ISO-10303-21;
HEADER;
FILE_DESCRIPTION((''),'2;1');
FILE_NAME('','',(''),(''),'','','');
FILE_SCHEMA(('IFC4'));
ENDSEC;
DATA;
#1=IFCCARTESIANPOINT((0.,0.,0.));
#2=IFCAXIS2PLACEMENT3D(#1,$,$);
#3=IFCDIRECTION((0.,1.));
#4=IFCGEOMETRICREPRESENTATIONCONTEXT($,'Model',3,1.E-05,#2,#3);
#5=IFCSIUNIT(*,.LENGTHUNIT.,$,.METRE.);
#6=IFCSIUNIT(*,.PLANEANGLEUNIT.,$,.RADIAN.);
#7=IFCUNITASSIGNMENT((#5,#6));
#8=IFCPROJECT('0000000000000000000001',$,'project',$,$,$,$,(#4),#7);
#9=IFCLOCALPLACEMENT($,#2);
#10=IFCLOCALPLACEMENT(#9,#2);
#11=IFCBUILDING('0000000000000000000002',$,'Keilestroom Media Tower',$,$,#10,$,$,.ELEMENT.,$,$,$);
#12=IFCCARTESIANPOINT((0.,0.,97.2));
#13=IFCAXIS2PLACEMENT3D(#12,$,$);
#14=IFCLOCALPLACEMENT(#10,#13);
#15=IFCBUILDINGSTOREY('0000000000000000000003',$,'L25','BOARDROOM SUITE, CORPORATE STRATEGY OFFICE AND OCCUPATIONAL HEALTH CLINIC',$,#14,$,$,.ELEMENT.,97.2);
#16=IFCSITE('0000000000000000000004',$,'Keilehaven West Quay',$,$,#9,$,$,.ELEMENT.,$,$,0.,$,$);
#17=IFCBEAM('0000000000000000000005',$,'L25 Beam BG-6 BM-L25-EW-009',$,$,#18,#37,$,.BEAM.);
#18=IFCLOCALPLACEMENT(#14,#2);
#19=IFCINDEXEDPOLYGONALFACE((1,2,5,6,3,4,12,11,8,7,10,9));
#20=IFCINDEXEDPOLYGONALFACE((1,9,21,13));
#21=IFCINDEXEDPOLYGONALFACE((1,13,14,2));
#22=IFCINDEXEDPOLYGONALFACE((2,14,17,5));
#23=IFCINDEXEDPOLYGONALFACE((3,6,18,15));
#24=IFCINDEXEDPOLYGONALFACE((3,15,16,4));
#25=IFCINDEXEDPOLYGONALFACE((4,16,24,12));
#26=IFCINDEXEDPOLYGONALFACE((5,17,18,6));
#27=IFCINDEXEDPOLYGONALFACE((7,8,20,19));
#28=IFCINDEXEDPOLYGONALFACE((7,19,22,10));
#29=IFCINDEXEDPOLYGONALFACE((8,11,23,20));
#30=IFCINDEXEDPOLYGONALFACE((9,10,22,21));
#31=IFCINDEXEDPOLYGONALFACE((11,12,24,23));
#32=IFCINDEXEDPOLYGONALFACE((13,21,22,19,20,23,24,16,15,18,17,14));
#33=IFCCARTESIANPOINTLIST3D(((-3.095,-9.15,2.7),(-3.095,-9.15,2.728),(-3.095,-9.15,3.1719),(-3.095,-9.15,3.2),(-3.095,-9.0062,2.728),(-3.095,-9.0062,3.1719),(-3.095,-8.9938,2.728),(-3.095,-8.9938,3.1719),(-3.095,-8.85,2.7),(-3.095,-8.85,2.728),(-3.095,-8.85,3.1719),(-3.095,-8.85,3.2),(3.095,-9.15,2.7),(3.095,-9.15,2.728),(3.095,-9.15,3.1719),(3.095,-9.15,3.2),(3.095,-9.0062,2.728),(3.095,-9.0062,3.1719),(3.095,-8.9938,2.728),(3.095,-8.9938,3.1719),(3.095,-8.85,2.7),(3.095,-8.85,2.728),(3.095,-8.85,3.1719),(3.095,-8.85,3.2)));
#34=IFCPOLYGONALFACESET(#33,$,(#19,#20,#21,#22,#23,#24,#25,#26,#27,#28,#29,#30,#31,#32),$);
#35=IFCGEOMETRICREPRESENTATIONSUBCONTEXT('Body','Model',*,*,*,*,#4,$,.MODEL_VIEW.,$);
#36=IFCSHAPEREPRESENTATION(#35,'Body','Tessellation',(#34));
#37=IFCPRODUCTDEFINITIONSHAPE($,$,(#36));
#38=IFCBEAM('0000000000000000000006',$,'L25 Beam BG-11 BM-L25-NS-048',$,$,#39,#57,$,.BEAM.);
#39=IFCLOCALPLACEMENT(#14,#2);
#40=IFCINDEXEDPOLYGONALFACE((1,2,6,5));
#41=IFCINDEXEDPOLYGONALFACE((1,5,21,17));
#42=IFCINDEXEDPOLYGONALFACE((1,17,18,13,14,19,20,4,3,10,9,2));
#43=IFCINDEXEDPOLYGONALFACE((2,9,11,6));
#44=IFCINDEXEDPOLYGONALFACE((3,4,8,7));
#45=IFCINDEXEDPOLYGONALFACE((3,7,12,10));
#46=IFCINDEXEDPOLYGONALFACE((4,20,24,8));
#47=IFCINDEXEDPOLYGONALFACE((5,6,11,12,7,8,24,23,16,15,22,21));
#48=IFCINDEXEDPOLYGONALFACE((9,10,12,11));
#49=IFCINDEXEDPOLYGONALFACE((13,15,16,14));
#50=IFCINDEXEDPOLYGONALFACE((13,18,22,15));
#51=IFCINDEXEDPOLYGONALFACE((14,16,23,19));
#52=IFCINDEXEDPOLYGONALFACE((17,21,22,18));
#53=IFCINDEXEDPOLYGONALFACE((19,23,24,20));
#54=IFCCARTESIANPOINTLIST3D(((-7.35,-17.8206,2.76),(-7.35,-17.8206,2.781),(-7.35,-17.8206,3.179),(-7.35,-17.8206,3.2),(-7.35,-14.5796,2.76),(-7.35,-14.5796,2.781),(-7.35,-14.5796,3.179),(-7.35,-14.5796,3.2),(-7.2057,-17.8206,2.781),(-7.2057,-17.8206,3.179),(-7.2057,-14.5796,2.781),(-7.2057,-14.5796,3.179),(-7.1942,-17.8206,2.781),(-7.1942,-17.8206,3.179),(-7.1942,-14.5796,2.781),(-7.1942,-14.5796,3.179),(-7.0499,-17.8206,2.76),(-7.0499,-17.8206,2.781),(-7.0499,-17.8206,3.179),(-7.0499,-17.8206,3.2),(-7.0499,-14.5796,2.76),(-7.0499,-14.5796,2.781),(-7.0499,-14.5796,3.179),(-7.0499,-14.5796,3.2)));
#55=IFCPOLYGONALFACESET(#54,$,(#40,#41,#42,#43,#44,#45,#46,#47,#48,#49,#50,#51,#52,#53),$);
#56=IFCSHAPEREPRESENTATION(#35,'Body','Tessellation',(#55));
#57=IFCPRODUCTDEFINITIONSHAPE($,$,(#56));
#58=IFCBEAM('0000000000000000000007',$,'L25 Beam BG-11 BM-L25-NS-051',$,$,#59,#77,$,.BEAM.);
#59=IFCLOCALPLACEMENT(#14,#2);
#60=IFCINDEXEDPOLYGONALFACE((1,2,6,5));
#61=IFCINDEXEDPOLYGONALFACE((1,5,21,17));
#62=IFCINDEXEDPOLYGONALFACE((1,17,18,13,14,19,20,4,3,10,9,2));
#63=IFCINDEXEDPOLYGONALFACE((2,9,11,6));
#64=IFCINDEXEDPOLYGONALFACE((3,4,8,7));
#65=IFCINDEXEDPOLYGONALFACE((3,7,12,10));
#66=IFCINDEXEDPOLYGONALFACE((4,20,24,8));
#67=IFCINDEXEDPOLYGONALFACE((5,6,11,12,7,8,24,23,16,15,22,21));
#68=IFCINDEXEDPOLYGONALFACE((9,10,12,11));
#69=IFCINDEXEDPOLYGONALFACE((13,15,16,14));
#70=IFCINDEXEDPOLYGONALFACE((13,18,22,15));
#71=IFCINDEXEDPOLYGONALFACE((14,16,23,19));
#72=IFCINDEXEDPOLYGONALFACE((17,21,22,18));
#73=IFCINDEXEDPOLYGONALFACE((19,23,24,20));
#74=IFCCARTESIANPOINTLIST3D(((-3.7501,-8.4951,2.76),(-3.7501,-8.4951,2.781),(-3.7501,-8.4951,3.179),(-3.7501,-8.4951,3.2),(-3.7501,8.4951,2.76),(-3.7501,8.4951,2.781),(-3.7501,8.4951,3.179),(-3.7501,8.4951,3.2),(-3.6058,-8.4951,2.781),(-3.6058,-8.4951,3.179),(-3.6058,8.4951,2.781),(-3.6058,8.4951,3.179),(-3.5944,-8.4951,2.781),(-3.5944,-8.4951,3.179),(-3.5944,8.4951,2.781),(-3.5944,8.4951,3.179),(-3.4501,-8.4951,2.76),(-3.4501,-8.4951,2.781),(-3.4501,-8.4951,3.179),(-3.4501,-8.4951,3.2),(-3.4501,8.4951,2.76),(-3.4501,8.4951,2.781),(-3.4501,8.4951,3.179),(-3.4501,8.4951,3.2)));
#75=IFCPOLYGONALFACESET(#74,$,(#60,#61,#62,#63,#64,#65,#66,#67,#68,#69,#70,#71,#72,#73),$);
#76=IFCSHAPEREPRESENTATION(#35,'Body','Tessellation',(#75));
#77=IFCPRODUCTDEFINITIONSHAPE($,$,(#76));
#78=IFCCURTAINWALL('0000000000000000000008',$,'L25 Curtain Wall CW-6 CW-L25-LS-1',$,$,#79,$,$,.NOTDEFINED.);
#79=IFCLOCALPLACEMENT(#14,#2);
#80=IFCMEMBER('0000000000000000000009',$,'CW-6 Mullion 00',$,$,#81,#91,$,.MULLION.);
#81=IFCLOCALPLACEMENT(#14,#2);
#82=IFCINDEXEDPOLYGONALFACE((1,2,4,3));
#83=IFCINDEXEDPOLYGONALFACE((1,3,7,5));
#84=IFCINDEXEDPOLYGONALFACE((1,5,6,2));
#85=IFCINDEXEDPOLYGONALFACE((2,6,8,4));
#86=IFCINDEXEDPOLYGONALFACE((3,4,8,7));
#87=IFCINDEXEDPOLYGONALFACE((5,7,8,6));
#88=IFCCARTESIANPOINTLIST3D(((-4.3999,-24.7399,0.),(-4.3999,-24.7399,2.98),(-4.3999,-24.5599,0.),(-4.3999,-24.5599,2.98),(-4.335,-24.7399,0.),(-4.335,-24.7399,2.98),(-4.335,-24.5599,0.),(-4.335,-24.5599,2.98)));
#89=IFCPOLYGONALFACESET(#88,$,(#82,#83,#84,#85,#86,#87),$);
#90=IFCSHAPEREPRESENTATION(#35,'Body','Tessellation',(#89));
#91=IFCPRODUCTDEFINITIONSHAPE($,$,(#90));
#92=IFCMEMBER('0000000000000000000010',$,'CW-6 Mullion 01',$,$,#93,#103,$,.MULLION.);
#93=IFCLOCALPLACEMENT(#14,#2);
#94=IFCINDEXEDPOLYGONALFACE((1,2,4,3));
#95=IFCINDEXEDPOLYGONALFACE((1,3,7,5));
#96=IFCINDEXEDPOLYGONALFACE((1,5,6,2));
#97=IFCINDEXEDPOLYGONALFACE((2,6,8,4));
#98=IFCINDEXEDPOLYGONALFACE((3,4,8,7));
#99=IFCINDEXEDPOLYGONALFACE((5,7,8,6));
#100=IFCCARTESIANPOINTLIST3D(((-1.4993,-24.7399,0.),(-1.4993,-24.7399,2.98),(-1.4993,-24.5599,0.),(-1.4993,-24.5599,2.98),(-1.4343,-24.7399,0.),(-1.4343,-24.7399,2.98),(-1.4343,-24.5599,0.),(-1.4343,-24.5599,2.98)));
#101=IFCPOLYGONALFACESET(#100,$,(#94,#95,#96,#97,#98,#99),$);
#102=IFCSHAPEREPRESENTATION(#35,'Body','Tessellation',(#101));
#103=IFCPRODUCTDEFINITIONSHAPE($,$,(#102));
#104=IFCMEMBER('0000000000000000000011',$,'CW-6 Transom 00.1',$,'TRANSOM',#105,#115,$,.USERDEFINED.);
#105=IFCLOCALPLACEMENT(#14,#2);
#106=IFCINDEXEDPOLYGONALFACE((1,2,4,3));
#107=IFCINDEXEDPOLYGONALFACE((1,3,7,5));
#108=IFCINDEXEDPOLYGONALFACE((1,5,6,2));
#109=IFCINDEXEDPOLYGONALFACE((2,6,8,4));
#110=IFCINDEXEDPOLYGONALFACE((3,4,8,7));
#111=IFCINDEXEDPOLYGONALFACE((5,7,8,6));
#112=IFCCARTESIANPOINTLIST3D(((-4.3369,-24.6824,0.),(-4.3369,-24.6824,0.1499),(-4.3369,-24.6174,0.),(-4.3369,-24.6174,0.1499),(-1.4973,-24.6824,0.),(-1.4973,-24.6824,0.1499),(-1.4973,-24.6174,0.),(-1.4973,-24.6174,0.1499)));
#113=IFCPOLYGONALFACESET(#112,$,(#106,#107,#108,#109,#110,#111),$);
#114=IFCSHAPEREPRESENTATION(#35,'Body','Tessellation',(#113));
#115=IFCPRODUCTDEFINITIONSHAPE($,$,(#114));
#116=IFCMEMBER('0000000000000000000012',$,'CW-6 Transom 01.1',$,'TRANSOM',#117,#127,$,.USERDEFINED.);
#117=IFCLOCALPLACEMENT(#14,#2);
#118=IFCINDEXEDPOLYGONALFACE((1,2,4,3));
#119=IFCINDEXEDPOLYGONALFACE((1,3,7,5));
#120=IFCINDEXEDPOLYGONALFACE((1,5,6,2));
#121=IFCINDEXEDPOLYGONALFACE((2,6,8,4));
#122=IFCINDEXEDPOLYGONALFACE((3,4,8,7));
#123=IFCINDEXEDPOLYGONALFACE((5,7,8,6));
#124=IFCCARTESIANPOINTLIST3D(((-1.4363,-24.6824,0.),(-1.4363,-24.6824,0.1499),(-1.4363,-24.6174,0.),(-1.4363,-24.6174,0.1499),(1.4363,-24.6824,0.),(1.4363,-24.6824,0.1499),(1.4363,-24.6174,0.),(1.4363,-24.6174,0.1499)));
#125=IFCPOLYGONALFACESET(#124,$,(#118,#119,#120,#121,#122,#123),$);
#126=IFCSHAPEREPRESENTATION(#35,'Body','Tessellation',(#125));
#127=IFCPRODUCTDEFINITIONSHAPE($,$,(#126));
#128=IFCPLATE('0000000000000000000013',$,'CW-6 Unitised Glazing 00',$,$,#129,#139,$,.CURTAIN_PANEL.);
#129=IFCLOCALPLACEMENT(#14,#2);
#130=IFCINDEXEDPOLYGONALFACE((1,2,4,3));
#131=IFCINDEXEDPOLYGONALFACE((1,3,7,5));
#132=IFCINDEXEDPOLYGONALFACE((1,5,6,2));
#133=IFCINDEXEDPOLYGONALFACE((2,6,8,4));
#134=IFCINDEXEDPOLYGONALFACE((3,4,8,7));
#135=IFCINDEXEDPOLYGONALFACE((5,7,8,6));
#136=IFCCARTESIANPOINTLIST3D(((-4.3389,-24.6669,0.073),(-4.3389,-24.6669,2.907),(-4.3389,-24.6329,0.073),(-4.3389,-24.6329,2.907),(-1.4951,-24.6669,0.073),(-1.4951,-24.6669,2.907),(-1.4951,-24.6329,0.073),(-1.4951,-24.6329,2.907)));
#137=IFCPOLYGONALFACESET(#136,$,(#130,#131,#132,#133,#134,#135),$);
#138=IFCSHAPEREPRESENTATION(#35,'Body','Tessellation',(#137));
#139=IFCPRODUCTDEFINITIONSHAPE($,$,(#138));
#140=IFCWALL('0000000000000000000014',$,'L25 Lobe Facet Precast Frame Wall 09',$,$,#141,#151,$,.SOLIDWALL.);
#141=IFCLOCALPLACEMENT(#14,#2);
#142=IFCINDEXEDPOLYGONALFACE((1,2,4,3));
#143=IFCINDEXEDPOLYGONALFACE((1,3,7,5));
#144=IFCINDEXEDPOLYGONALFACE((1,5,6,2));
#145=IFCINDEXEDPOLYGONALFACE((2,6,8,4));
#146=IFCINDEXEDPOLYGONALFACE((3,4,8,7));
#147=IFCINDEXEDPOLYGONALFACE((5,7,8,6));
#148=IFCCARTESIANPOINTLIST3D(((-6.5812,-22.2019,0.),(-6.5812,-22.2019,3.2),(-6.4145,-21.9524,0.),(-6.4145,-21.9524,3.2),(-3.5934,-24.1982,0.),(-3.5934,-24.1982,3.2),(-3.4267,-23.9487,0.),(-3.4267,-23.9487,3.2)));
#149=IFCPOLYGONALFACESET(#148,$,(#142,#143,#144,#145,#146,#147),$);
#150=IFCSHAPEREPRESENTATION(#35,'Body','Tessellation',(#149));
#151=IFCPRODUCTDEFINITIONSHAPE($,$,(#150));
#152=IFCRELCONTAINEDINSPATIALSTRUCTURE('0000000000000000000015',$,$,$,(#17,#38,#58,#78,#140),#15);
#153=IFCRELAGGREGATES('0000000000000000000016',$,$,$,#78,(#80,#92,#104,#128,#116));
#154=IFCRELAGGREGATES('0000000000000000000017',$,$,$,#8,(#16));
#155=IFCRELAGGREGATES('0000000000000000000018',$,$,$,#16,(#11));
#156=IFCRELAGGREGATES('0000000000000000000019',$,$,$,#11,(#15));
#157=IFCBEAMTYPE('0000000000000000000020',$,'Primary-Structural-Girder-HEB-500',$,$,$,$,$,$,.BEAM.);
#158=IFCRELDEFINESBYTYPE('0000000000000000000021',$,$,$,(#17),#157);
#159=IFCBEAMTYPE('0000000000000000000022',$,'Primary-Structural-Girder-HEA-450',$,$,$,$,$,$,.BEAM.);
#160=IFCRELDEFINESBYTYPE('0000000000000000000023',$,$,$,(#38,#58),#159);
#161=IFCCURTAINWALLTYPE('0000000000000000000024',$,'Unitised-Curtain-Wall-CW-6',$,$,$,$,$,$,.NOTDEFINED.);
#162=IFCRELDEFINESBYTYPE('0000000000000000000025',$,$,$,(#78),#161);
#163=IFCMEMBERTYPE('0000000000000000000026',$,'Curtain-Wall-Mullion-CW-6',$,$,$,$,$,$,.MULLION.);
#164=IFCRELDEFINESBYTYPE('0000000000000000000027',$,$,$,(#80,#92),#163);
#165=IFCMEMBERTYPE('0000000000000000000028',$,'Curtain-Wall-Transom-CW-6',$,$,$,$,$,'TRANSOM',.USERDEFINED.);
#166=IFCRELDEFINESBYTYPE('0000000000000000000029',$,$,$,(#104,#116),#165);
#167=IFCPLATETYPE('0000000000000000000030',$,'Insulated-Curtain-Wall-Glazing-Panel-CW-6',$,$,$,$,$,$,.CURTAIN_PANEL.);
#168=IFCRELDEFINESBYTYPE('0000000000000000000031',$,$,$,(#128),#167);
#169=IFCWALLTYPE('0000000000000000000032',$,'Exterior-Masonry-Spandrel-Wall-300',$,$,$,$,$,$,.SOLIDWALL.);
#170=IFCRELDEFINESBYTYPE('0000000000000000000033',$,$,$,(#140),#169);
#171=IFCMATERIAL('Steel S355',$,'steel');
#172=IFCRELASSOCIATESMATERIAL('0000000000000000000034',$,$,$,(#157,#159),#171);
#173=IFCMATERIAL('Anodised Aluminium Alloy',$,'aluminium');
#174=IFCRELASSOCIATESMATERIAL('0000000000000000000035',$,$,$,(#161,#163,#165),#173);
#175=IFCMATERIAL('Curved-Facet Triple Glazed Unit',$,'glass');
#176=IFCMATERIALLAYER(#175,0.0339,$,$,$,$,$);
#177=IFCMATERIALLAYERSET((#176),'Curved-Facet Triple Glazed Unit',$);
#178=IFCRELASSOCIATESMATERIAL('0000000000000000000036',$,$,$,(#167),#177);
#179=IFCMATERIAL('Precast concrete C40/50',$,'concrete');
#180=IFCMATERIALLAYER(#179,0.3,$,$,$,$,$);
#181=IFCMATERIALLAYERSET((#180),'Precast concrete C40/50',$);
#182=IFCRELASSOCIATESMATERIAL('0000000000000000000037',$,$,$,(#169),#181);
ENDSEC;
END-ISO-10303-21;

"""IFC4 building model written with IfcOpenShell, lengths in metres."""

from ifc_helpers import new_model, si_unit, direction, frame, frame_2d, origin, origin_2d, place, context, subcontext, project, spatial, rectangle, i_section, extrude, source, transform, mapped, material, layer, layer_set, material_profile, profile_set, type_object, element, aggregate, save


model = new_model("IFC4")

# Units and contexts
model_context = context("Model", 3, precision=1e-05, world=origin(), true_north=direction((0.0, 1.0)))
body_context = subcontext(model_context, "Body", "Model", "MODEL_VIEW")
ifc_project = project(units=[si_unit("LENGTHUNIT", "METRE"), si_unit("PLANEANGLEUNIT", "RADIAN")], contexts=[model_context])

# Site, building, storey
site_placement = place(None, origin())
site = spatial("IfcSite", under=ifc_project, at=site_placement, Name="Keilehaven West Quay", CompositionType="ELEMENT", RefElevation=0.0)
building_placement = place(site_placement, origin())
building = spatial("IfcBuilding", under=site, at=building_placement, Name="Keilestroom Media Tower", CompositionType="ELEMENT")
storey_placement = place(building_placement, frame((0.0, 0.0, 97.2)))
storey = spatial("IfcBuildingStorey", under=building, at=storey_placement, Name="L25", Description="BOARDROOM SUITE, CORPORATE STRATEGY OFFICE AND OCCUPATIONAL HEALTH CLINIC", CompositionType="ELEMENT", Elevation=97.2)

# Shared definitions
ifc_material_1 = material(Name="Steel S355", Category="steel")

# Beams
ifc_material_profile_1 = material_profile(ifc_material_1, i_section(OverallWidth=0.3, OverallDepth=0.5, WebThickness=0.0125, FlangeThickness=0.0281, at=origin_2d()), Name="HEB 500")
ifc_profile_set_1 = profile_set([ifc_material_profile_1], Name="Steel S355")
beam_type_1 = type_object("IfcBeamType", Name="Primary-Structural-Girder-HEB-500", PredefinedType="BEAM", material=ifc_profile_set_1)
shared_shape_1 = source(origin(), body_context, "Body", "SweptSolid", [
    extrude(i_section(OverallWidth=0.3, OverallDepth=0.5, WebThickness=0.0125, FlangeThickness=0.0281, at=origin_2d()), origin(), (0.0, 0.0, 1.0), 6.1899),
])
beam_1_placement = place(storey_placement, frame((-3.095, -9.0, 2.95), z_axis=(1.0, 0.0, 0.0), x_axis=(0.0, 1.0, 0.0)))
element("IfcBeam", 1, at=beam_1_placement, inside=storey, type_object=beam_type_1, Name="L25 Beam BG-6 BM-L25-EW-009", PredefinedType="BEAM", context=body_context, shape_type="MappedRepresentation", body=[
    mapped(shared_shape_1, transform((0.0, 0.0, 0.0), x_axis=(1.0, 0.0, 0.0), y_axis=(0.0, 1.0, 0.0), z_axis=(0.0, 0.0, 1.0), scale=1.0)),
])
ifc_material_profile_2 = material_profile(ifc_material_1, i_section(OverallWidth=0.3, OverallDepth=0.4399, WebThickness=0.0115, FlangeThickness=0.021, at=origin_2d()), Name="HEA 450")
ifc_profile_set_2 = profile_set([ifc_material_profile_2], Name="Steel S355")
beam_type_2 = type_object("IfcBeamType", Name="Primary-Structural-Girder-HEA-450", PredefinedType="BEAM", material=ifc_profile_set_2)
shared_shape_2 = source(origin(), body_context, "Body", "SweptSolid", [
    extrude(i_section(OverallWidth=0.3, OverallDepth=0.4399, WebThickness=0.0115, FlangeThickness=0.021, at=origin_2d()), origin(), (0.0, 0.0, 1.0), 3.241),
])
beam_2_placement = place(storey_placement, frame((-7.2, -17.8206, 2.98), z_axis=(0.0, 1.0, 0.0), x_axis=(-1.0, 0.0, 0.0)))
element("IfcBeam", 2, at=beam_2_placement, inside=storey, type_object=beam_type_2, Name="L25 Beam BG-11 BM-L25-NS-048", PredefinedType="BEAM", context=body_context, shape_type="MappedRepresentation", body=[
    mapped(shared_shape_2, transform((0.0, 0.0, 0.0), x_axis=(1.0, 0.0, 0.0), y_axis=(0.0, 1.0, 0.0), z_axis=(0.0, 0.0, 1.0), scale=1.0)),
])
shared_shape_3 = source(origin(), body_context, "Body", "SweptSolid", [
    extrude(i_section(OverallWidth=0.3, OverallDepth=0.4399, WebThickness=0.0115, FlangeThickness=0.021, at=origin_2d()), origin(), (0.0, 0.0, 1.0), 16.9902),
])
beam_3_placement = place(storey_placement, frame((-3.6001, -8.4951, 2.98), z_axis=(0.0, 1.0, 0.0), x_axis=(-1.0, 0.0, 0.0)))
element("IfcBeam", 3, at=beam_3_placement, inside=storey, type_object=beam_type_2, Name="L25 Beam BG-11 BM-L25-NS-051", PredefinedType="BEAM", context=body_context, shape_type="MappedRepresentation", body=[
    mapped(shared_shape_3, transform((0.0, 0.0, 0.0), x_axis=(1.0, 0.0, 0.0), y_axis=(0.0, 1.0, 0.0), z_axis=(0.0, 0.0, 1.0), scale=1.0)),
])

# Curtain wall, members, plate
ifc_material_2 = material(Name="Anodised Aluminium Alloy", Category="aluminium")
curtain_wall_type = type_object("IfcCurtainWallType", Name="Unitised-Curtain-Wall-CW-6", PredefinedType="NOTDEFINED", material=ifc_material_2)
curtain_wall_placement = place(storey_placement, origin())
curtain_wall = element("IfcCurtainWall", 4, at=curtain_wall_placement, inside=storey, type_object=curtain_wall_type, Name="L25 Curtain Wall CW-6 CW-L25-LS-1", PredefinedType="NOTDEFINED")
ifc_material_profile_3 = material_profile(ifc_material_2, rectangle(XDim=0.0649, YDim=0.1799, at=origin_2d()), Name="ALU MULLION 65x180")
ifc_profile_set_3 = profile_set([ifc_material_profile_3], Name="Anodised Aluminium Alloy")
member_type_1 = type_object("IfcMemberType", Name="Curtain-Wall-Mullion-CW-6", PredefinedType="MULLION", material=ifc_profile_set_3)
shared_shape_4 = source(origin(), body_context, "Body", "SweptSolid", [
    extrude(rectangle(XDim=0.0649, YDim=0.1799, at=origin_2d()), origin(), (0.0, 0.0, 1.0), 2.98),
])
member_1_placement = place(storey_placement, frame((-4.3674, -24.6499, 0.0), z_axis=(0.0, 0.0, 1.0), x_axis=(1.0, 0.0, 0.0)))
member_1 = element("IfcMember", 5, at=member_1_placement, type_object=member_type_1, Name="CW-6 Mullion 00", PredefinedType="MULLION", context=body_context, shape_type="MappedRepresentation", body=[
    mapped(shared_shape_4, transform((0.0, 0.0, 0.0), x_axis=(1.0, 0.0, 0.0), y_axis=(0.0, 1.0, 0.0), z_axis=(0.0, 0.0, 1.0), scale=1.0)),
])
member_2_placement = place(storey_placement, frame((-1.4668, -24.6499, 0.0), z_axis=(0.0, 0.0, 1.0), x_axis=(1.0, 0.0, 0.0)))
member_2 = element("IfcMember", 6, at=member_2_placement, type_object=member_type_1, Name="CW-6 Mullion 01", PredefinedType="MULLION", context=body_context, shape_type="MappedRepresentation", body=[
    mapped(shared_shape_4, transform((0.0, 0.0, 0.0), x_axis=(1.0, 0.0, 0.0), y_axis=(0.0, 1.0, 0.0), z_axis=(0.0, 0.0, 1.0), scale=1.0)),
])
ifc_material_profile_4 = material_profile(ifc_material_2, rectangle(XDim=0.0649, YDim=0.1499, at=origin_2d()), Name="ALU TRANSOM 65x150")
ifc_profile_set_4 = profile_set([ifc_material_profile_4], Name="Anodised Aluminium Alloy")
member_type_2 = type_object("IfcMemberType", Name="Curtain-Wall-Transom-CW-6", ElementType="TRANSOM", PredefinedType="USERDEFINED", material=ifc_profile_set_4)
shared_shape_5 = source(origin(), body_context, "Body", "SweptSolid", [
    extrude(rectangle(XDim=0.0649, YDim=0.1499, at=origin_2d()), origin(), (0.0, 0.0, 1.0), 2.8396),
])
member_3_placement = place(storey_placement, frame((-4.3369, -24.6499, 0.075), z_axis=(1.0, 0.0, 0.0), x_axis=(0.0, 1.0, 0.0)))
member_3 = element("IfcMember", 7, at=member_3_placement, type_object=member_type_2, Name="CW-6 Transom 00.1", ObjectType="TRANSOM", PredefinedType="USERDEFINED", context=body_context, shape_type="MappedRepresentation", body=[
    mapped(shared_shape_5, transform((0.0, 0.0, 0.0), x_axis=(1.0, 0.0, 0.0), y_axis=(0.0, 1.0, 0.0), z_axis=(0.0, 0.0, 1.0), scale=1.0)),
])
shared_shape_6 = source(origin(), body_context, "Body", "SweptSolid", [
    extrude(rectangle(XDim=0.0649, YDim=0.1499, at=origin_2d()), origin(), (0.0, 0.0, 1.0), 2.8726),
])
member_4_placement = place(storey_placement, frame((-1.4363, -24.6499, 0.075), z_axis=(1.0, 0.0, 0.0), x_axis=(0.0, 1.0, 0.0)))
member_4 = element("IfcMember", 8, at=member_4_placement, type_object=member_type_2, Name="CW-6 Transom 01.1", ObjectType="TRANSOM", PredefinedType="USERDEFINED", context=body_context, shape_type="MappedRepresentation", body=[
    mapped(shared_shape_6, transform((0.0, 0.0, 0.0), x_axis=(1.0, 0.0, 0.0), y_axis=(0.0, 1.0, 0.0), z_axis=(0.0, 0.0, 1.0), scale=1.0)),
])
ifc_material_3 = material(Name="Curved-Facet Triple Glazed Unit", Category="glass")
ifc_layer_1 = layer(ifc_material_3, 0.0339)
ifc_layer_set_1 = layer_set([ifc_layer_1], Name="Curved-Facet Triple Glazed Unit")
plate_type = type_object("IfcPlateType", Name="Insulated-Curtain-Wall-Glazing-Panel-CW-6", PredefinedType="CURTAIN_PANEL", material=ifc_layer_set_1)
shared_shape_7 = source(origin(), body_context, "Body", "SweptSolid", [
    extrude(rectangle(XDim=2.8438, YDim=0.0339, at=origin_2d()), origin(), (0.0, 0.0, 1.0), 2.834),
])
plate_placement = place(storey_placement, frame((-2.917, -24.6499, 0.073), z_axis=(0.0, 0.0, 1.0), x_axis=(1.0, 0.0, 0.0)))
plate = element("IfcPlate", 9, at=plate_placement, type_object=plate_type, Name="CW-6 Unitised Glazing 00", PredefinedType="CURTAIN_PANEL", context=body_context, shape_type="MappedRepresentation", body=[
    mapped(shared_shape_7, transform((0.0, 0.0, 0.0), x_axis=(1.0, 0.0, 0.0), y_axis=(0.0, 1.0, 0.0), z_axis=(0.0, 0.0, 1.0), scale=1.0)),
])
aggregate(curtain_wall, [member_1, member_2, member_3, plate, member_4])

# Wall
ifc_material_4 = material(Name="Precast concrete C40/50", Category="concrete")
ifc_layer_2 = layer(ifc_material_4, 0.3)
ifc_layer_set_2 = layer_set([ifc_layer_2], Name="Precast concrete C40/50")
wall_type_1 = type_object("IfcWallType", Name="Exterior-Masonry-Spandrel-Wall-300", PredefinedType="SOLIDWALL", material=ifc_layer_set_2)
wall_1_placement = place(storey_placement, frame((-6.4978, -22.0771, 0.0), z_axis=(0.0, 0.0, 1.0), x_axis=(0.831475, -0.555562, 0.0)))
element("IfcWall", 10, at=wall_1_placement, inside=storey, type_object=wall_type_1, Name="L25 Lobe Facet Precast Frame Wall 09", PredefinedType="SOLIDWALL", context=body_context, shape_type="SweptSolid", body=[
    extrude(rectangle(XDim=3.5933, YDim=0.3, at=frame_2d((1.7966, 0.0))), origin(), (0.0, 0.0, 1.0), 3.2),
])

save(model, "model.ifc")
